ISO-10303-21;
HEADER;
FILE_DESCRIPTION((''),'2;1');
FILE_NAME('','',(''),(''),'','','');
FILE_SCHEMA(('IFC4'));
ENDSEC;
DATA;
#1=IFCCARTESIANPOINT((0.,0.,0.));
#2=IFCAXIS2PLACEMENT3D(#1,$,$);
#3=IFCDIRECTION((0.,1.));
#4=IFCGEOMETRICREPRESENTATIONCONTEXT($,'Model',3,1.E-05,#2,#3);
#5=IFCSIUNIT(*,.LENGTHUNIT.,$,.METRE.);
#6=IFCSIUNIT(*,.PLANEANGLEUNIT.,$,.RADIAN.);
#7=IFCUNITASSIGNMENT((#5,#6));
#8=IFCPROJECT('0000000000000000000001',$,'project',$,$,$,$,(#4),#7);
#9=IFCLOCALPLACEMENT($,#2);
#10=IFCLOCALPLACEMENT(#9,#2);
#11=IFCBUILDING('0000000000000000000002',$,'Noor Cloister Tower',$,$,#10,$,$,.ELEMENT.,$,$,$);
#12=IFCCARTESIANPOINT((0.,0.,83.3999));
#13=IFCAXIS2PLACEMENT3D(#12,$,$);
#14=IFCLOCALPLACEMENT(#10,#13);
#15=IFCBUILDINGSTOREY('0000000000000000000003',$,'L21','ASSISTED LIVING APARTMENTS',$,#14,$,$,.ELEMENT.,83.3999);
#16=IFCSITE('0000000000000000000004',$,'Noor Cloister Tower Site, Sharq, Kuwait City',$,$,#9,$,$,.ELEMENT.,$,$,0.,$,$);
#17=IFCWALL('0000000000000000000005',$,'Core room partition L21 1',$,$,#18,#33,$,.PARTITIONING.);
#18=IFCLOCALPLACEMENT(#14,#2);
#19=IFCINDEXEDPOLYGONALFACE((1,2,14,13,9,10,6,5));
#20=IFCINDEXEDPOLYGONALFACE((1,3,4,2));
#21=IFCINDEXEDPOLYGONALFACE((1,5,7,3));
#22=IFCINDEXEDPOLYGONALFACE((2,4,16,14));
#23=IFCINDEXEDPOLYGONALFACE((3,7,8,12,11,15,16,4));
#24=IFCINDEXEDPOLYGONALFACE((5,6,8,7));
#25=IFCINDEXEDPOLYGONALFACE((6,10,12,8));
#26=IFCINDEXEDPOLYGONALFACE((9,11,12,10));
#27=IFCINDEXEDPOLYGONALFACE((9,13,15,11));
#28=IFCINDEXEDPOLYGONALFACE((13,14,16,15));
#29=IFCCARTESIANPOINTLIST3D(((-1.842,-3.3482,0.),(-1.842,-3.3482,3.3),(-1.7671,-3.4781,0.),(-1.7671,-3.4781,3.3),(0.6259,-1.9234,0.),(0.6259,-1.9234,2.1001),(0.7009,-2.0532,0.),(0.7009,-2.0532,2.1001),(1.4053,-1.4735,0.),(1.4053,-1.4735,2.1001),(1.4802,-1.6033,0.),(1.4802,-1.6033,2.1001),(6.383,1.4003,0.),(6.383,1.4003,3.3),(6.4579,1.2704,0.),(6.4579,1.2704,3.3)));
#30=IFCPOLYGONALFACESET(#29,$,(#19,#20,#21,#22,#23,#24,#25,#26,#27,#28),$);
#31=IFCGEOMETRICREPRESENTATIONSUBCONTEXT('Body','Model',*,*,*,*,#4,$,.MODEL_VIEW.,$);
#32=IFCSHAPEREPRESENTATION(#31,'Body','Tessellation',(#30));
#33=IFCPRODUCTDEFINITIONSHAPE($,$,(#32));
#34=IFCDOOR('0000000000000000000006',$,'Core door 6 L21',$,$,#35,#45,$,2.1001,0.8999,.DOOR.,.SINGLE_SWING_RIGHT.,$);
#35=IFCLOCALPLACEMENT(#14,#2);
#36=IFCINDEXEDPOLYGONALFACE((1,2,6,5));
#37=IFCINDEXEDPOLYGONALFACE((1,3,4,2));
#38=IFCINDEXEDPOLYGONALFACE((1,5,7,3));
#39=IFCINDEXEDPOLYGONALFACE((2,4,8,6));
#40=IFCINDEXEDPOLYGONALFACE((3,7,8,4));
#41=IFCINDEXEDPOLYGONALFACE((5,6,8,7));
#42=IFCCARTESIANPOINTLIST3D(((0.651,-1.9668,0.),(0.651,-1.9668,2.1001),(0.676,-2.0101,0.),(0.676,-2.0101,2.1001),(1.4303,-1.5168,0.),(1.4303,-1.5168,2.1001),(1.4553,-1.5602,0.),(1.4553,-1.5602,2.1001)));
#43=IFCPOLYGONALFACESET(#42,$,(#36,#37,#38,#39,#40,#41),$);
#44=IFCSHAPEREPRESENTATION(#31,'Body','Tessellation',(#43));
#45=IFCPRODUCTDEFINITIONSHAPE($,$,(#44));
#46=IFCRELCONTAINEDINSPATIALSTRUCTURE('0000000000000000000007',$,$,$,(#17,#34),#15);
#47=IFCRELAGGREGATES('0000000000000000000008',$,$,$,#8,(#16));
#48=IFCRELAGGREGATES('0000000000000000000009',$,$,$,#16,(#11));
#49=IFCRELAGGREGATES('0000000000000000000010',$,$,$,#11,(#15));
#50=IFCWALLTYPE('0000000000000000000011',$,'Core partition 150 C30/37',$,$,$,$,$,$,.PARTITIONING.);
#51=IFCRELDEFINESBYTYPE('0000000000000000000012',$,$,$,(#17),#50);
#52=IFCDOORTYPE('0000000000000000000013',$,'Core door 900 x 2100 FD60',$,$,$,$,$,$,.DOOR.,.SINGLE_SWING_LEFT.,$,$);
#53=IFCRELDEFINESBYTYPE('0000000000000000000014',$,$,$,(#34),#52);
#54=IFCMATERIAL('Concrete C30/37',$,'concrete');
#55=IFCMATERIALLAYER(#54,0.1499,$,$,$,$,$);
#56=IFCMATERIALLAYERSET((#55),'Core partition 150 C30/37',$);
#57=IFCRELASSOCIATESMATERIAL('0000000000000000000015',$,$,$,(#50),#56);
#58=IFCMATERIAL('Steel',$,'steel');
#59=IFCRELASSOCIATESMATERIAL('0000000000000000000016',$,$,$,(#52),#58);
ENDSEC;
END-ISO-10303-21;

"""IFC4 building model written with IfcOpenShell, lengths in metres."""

from ifc_helpers import new_model, si_unit, direction, frame, frame_2d, origin, place, context, subcontext, project, spatial, rectangle, extrude, material, layer, layer_set, type_object, element, fill, save


model = new_model("IFC4")

# Units and contexts
model_context = context("Model", 3, precision=1e-05, world=origin(), true_north=direction((0.0, 1.0)))
body_context = subcontext(model_context, "Body", "Model", "MODEL_VIEW")
ifc_project = project(units=[si_unit("LENGTHUNIT", "METRE"), si_unit("PLANEANGLEUNIT", "RADIAN")], contexts=[model_context])

# Site, building, storey
site_placement = place(None, origin())
site = spatial("IfcSite", under=ifc_project, at=site_placement, Name="Noor Cloister Tower Site, Sharq, Kuwait City", CompositionType="ELEMENT", RefElevation=0.0)
building_placement = place(site_placement, origin())
building = spatial("IfcBuilding", under=site, at=building_placement, Name="Noor Cloister Tower", CompositionType="ELEMENT")
storey_placement = place(building_placement, frame((0.0, 0.0, 83.3999)))
storey = spatial("IfcBuildingStorey", under=building, at=storey_placement, Name="L21", Description="ASSISTED LIVING APARTMENTS", CompositionType="ELEMENT", Elevation=83.3999)

# Wall, opening, door
ifc_material_1 = material(Name="Concrete C30/37", Category="concrete")
ifc_layer_1 = layer(ifc_material_1, 0.1499)
ifc_layer_set_1 = layer_set([ifc_layer_1], Name="Core partition 150 C30/37")
wall_type_1 = type_object("IfcWallType", Name="Core partition 150 C30/37", PredefinedType="PARTITIONING", material=ifc_layer_set_1)
wall_1_placement = place(storey_placement, frame((-1.8044, -3.4131, 0.0), z_axis=(0.0, 0.0, 1.0), x_axis=(0.866036, 0.499982, 0.0)))
wall_1 = element("IfcWall", 1, at=wall_1_placement, inside=storey, type_object=wall_type_1, Name="Core room partition L21 1", PredefinedType="PARTITIONING", context=body_context, shape_type="SweptSolid", body=[
    extrude(rectangle(XDim=9.4973, YDim=0.1499, at=frame_2d((4.7485, 0.0))), origin(), (0.0, 0.0, 1.0), 3.3),
])
opening_1_placement = place(wall_1_placement, frame((2.8496, 0.0, 0.0)))
opening_1 = element("IfcOpeningElement", 2, at=opening_1_placement, cuts=wall_1, PredefinedType="OPENING", context=body_context, shape_type="SweptSolid", body=[
    extrude(rectangle(XDim=0.8999, YDim=2.1001, at=frame_2d((0.45, 1.05))), frame((0.0, 0.085, 0.0), z_axis=(0.0, -1.0, 0.0), x_axis=(1.0, 0.0, 0.0)), (0.0, 0.0, 1.0), 0.1699),
])
ifc_material_2 = material(Name="Steel", Category="steel")
door_type_1 = type_object("IfcDoorType", Name="Core door 900 x 2100 FD60", OperationType="SINGLE_SWING_LEFT", PredefinedType="DOOR", material=ifc_material_2)
door_1_placement = place(opening_1_placement, origin())
door_1 = element("IfcDoor", 3, at=door_1_placement, inside=storey, type_object=door_type_1, Name="Core door 6 L21", OperationType="SINGLE_SWING_RIGHT", OverallHeight=2.1001, OverallWidth=0.8999, PredefinedType="DOOR", context=body_context, shape_type="SweptSolid", body=[
    extrude(rectangle(XDim=0.8999, YDim=2.1001, at=frame_2d((0.45, 1.05))), frame((0.0, 0.0249, 0.0), z_axis=(0.0, -1.0, 0.0), x_axis=(1.0, 0.0, 0.0)), (0.0, 0.0, 1.0), 0.05),
])
fill(opening_1, door_1)

save(model, "model.ifc")
